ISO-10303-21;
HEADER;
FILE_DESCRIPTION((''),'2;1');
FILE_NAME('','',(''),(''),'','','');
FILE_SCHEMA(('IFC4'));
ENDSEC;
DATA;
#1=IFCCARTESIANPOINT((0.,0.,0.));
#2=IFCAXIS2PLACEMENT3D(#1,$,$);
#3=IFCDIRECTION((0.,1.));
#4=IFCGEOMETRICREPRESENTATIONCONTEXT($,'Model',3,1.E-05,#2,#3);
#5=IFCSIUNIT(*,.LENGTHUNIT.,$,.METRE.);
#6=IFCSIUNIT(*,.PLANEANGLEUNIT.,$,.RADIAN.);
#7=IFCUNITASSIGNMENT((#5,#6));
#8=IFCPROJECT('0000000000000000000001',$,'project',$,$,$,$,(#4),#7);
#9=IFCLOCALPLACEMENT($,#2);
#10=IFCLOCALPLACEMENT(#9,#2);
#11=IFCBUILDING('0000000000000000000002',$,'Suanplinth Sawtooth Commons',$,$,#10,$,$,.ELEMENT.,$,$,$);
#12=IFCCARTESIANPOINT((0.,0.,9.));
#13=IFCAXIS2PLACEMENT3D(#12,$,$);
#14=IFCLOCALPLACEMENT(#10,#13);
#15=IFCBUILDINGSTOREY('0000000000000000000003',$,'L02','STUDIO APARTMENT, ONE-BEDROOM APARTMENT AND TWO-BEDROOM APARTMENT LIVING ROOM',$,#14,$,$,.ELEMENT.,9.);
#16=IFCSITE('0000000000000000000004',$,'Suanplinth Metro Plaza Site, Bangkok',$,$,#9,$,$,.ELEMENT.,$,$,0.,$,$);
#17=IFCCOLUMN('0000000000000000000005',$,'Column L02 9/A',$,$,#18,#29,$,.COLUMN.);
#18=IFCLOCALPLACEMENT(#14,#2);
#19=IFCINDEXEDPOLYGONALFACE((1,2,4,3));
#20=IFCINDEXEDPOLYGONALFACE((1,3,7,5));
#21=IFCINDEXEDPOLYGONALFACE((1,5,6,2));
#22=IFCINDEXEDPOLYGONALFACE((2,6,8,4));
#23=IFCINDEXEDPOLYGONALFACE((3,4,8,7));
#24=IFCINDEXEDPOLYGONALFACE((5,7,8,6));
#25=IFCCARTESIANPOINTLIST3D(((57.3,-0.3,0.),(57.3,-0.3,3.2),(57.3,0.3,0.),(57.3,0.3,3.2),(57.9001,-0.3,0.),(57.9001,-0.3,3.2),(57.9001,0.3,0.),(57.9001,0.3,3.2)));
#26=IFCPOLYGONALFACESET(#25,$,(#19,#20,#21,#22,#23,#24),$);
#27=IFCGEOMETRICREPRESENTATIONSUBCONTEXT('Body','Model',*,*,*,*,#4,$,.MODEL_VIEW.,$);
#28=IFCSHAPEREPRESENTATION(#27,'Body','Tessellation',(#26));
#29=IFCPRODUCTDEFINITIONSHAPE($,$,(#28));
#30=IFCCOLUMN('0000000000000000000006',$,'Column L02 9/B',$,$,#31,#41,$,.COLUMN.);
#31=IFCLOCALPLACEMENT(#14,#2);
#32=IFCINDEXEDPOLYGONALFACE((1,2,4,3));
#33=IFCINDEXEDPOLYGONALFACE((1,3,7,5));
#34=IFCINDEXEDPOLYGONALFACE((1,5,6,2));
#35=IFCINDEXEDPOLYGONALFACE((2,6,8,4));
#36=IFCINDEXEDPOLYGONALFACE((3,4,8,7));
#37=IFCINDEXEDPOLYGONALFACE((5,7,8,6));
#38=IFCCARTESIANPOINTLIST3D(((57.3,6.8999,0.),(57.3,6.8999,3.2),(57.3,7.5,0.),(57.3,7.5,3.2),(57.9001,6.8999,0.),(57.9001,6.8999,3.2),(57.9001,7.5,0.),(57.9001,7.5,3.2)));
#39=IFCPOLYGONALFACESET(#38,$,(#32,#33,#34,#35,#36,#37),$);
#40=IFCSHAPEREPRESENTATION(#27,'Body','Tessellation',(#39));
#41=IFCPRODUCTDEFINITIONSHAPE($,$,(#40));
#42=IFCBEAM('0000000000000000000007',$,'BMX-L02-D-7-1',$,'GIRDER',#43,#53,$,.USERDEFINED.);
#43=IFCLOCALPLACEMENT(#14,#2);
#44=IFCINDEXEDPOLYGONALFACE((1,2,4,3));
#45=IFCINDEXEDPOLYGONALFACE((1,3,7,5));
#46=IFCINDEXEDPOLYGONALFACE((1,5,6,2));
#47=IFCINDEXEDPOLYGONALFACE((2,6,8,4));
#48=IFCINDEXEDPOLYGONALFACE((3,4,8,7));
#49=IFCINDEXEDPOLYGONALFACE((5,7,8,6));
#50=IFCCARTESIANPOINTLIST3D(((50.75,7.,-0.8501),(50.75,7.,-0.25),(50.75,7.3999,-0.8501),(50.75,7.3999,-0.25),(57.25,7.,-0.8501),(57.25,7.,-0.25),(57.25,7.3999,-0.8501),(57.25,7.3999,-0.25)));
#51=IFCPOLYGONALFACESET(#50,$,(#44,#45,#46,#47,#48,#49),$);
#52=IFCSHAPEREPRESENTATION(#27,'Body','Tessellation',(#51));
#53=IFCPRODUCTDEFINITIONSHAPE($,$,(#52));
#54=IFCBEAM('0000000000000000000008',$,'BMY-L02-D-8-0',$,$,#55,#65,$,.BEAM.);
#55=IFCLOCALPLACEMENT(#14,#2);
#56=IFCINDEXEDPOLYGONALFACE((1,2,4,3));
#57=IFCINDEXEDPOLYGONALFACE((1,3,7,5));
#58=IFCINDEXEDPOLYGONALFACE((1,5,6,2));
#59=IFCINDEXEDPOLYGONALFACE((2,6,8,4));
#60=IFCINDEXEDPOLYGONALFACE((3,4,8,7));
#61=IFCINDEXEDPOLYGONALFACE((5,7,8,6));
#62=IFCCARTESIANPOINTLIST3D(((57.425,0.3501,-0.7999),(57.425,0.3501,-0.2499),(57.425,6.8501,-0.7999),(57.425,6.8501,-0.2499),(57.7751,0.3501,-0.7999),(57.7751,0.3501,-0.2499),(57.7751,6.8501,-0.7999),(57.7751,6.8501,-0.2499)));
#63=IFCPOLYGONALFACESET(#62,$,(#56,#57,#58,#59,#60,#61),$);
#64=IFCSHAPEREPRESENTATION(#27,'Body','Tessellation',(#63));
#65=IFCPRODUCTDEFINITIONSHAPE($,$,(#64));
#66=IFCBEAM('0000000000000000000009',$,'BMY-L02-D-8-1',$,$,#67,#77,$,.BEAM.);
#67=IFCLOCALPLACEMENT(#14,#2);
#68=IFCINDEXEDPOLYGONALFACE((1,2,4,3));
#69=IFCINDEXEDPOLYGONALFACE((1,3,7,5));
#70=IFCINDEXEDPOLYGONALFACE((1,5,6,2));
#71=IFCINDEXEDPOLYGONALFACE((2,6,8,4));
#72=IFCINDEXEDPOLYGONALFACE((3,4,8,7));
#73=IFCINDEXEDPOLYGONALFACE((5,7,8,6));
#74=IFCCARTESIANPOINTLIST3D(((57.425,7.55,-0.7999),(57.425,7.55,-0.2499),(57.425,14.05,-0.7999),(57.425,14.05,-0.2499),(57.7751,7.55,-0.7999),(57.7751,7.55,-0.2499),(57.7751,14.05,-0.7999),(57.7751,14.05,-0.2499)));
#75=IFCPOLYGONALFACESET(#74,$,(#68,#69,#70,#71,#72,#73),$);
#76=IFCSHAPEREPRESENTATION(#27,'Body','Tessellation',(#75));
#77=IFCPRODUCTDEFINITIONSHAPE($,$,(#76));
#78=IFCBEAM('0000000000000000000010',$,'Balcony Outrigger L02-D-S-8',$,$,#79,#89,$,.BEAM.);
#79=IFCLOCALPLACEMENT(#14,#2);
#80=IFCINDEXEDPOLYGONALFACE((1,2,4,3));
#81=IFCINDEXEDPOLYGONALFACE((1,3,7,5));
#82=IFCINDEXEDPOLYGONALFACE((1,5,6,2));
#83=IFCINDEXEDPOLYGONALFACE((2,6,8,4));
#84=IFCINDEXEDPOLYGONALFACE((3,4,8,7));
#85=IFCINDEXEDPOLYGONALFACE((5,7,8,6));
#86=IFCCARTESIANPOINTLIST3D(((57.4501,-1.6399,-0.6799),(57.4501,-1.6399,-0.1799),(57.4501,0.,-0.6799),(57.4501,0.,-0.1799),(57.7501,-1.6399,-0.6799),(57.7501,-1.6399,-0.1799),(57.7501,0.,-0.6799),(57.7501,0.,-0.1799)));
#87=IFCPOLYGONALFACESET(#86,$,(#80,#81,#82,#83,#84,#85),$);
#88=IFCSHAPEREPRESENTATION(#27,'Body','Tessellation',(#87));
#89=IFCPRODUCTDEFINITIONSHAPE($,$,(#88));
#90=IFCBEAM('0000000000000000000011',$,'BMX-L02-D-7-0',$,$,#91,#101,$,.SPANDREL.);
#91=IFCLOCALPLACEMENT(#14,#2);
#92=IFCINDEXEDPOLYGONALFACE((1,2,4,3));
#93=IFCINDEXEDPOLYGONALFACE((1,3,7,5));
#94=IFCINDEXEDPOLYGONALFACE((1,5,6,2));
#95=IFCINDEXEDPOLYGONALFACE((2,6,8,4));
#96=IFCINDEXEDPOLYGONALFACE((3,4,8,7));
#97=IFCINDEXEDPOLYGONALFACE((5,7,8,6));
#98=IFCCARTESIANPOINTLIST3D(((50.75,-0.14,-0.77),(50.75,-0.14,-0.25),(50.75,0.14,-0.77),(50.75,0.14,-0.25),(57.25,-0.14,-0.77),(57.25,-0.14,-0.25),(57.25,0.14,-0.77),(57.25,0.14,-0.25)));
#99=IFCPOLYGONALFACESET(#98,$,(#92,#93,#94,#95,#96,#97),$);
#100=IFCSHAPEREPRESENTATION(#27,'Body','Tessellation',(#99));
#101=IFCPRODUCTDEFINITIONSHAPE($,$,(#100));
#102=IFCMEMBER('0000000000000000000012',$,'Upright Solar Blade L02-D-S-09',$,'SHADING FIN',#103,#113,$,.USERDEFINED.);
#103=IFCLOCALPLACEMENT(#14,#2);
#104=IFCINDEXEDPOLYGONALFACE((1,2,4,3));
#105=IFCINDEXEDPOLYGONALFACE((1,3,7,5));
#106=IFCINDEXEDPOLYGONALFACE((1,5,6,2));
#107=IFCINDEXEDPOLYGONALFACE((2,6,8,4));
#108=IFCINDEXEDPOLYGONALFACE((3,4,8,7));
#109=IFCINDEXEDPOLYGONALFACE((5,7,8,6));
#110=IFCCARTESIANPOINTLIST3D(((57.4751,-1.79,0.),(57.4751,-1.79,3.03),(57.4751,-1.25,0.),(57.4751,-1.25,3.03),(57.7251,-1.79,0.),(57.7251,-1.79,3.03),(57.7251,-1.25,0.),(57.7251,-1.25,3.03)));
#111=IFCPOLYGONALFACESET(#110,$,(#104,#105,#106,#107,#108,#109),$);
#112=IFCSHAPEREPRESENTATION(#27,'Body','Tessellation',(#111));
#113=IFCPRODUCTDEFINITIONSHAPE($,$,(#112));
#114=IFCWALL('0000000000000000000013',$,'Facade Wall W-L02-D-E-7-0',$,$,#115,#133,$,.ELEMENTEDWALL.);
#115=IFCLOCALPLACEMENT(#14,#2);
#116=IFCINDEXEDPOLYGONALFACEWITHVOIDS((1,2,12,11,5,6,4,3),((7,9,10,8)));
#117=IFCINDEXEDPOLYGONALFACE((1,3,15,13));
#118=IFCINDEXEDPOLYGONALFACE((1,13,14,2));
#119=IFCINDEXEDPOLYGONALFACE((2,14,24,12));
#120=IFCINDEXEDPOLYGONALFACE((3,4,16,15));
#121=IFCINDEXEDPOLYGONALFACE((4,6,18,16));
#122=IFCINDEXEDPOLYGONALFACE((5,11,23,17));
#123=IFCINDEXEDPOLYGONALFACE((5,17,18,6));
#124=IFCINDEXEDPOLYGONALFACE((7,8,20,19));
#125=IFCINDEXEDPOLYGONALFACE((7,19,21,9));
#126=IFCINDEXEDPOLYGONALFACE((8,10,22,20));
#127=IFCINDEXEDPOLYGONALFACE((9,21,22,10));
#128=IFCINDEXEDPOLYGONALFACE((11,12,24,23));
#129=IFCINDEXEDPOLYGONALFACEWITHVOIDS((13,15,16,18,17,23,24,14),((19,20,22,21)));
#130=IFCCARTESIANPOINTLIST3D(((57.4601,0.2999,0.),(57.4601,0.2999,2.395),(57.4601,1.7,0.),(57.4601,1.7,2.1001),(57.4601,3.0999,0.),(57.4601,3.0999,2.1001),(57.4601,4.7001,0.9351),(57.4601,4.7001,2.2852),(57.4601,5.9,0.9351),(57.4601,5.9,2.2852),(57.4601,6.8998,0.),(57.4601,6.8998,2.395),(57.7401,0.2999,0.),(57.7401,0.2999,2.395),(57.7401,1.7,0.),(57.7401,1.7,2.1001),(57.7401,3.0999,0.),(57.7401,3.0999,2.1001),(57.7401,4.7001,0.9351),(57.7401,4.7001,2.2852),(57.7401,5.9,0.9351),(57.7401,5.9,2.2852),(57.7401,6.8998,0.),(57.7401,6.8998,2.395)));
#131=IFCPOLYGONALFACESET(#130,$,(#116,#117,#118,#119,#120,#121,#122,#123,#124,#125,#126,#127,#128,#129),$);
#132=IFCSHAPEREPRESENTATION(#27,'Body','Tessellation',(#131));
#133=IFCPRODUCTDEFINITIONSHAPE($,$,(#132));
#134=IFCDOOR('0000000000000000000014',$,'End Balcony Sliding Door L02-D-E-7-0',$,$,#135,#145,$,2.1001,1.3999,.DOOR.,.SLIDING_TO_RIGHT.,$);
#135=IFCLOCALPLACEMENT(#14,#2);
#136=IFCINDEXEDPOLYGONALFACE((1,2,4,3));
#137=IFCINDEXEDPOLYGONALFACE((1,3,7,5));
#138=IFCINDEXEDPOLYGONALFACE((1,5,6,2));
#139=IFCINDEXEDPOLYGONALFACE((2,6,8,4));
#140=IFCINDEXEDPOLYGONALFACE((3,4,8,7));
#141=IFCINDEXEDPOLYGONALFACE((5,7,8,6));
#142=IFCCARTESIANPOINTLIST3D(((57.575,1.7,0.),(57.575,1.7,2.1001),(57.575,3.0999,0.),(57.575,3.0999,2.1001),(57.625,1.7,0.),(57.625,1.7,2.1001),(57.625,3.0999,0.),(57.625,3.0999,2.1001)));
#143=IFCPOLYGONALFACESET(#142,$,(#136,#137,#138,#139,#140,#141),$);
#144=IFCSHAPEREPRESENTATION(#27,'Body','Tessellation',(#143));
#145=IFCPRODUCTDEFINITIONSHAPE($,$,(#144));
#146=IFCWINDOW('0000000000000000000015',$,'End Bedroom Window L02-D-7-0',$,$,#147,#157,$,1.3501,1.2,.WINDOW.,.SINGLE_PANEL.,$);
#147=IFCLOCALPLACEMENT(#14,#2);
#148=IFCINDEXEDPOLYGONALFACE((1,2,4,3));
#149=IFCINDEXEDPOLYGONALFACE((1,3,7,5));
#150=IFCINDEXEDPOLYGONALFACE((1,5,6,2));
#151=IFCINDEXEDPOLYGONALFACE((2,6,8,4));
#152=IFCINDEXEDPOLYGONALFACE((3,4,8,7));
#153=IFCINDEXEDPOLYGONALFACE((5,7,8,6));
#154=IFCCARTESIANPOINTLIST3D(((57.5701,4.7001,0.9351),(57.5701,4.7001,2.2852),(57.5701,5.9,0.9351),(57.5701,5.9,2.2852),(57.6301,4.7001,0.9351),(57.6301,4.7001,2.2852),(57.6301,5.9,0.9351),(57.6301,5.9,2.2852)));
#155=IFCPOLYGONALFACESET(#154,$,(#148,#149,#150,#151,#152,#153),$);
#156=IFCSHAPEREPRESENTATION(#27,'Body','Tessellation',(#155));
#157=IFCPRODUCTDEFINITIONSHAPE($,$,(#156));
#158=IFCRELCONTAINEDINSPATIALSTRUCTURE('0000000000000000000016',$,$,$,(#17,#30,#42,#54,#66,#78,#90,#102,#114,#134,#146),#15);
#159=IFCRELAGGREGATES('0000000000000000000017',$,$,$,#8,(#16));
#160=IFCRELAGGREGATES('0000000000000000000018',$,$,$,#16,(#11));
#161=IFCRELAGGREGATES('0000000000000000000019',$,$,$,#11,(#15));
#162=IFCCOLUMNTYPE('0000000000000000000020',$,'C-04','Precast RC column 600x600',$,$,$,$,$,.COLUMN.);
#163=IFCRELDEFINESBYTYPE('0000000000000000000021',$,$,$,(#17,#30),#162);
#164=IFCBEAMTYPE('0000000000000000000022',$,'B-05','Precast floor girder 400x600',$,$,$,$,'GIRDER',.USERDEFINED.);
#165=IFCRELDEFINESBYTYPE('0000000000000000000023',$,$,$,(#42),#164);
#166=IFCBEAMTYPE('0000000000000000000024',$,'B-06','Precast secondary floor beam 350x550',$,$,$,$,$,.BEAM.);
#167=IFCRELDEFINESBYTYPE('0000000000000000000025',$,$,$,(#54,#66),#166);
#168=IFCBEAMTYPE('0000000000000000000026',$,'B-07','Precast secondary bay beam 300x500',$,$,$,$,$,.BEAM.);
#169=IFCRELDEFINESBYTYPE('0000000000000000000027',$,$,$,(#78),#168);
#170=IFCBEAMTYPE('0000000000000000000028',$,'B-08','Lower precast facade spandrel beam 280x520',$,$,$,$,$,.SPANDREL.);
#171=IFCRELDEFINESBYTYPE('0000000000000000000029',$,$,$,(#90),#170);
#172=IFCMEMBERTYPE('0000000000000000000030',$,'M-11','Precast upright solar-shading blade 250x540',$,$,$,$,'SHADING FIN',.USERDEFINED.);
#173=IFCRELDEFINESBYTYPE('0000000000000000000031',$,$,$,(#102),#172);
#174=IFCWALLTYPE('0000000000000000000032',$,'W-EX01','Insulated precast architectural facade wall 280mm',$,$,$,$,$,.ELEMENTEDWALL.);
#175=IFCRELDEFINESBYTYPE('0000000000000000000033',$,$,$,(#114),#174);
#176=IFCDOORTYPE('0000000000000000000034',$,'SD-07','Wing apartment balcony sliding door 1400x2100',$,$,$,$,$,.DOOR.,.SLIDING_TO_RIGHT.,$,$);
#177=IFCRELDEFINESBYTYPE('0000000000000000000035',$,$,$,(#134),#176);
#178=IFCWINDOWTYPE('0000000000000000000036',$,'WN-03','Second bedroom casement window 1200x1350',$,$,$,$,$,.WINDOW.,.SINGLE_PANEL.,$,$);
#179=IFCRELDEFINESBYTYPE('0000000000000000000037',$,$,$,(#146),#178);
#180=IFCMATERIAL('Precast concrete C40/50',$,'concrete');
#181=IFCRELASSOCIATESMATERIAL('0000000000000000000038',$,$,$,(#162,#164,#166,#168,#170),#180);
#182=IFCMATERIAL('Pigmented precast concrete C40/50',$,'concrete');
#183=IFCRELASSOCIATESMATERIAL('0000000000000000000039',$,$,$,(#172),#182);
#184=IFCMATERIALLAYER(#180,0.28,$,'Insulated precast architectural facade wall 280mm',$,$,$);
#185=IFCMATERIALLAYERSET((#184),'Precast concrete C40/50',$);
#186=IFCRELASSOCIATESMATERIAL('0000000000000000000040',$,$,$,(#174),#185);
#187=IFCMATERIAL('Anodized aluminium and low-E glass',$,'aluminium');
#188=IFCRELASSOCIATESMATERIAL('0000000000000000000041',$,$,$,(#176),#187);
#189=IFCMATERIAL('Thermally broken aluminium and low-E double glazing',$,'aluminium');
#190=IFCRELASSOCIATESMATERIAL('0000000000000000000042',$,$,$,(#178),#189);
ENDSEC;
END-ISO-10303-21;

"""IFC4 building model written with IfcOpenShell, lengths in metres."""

from ifc_helpers import new_model, si_unit, direction, frame, frame_2d, origin, origin_2d, place, context, subcontext, project, spatial, rectangle, extrude, material, layer, layer_set, material_profile, profile_set, type_object, element, fill, save


model = new_model("IFC4")

# Units and contexts
model_context = context("Model", 3, precision=1e-05, world=origin(), true_north=direction((0.0, 1.0)))
body_context = subcontext(model_context, "Body", "Model", "MODEL_VIEW")
ifc_project = project(units=[si_unit("LENGTHUNIT", "METRE"), si_unit("PLANEANGLEUNIT", "RADIAN")], contexts=[model_context])

# Site, building, storey
site_placement = place(None, origin())
site = spatial("IfcSite", under=ifc_project, at=site_placement, Name="Suanplinth Metro Plaza Site, Bangkok", CompositionType="ELEMENT", RefElevation=0.0)
building_placement = place(site_placement, origin())
building = spatial("IfcBuilding", under=site, at=building_placement, Name="Suanplinth Sawtooth Commons", CompositionType="ELEMENT")
storey_placement = place(building_placement, frame((0.0, 0.0, 9.0)))
storey = spatial("IfcBuildingStorey", under=building, at=storey_placement, Name="L02", Description="STUDIO APARTMENT, ONE-BEDROOM APARTMENT AND TWO-BEDROOM APARTMENT LIVING ROOM", CompositionType="ELEMENT", Elevation=9.0)

# Columns
ifc_material_1 = material(Name="Precast concrete C40/50", Category="concrete")
ifc_material_profile_1 = material_profile(ifc_material_1, rectangle(XDim=0.6001, YDim=0.6001, at=origin_2d()), Name="PC-COL 600x600")
ifc_profile_set_1 = profile_set([ifc_material_profile_1], Name="Precast concrete C40/50")
column_type = type_object("IfcColumnType", Name="C-04", Description="Precast RC column 600x600", PredefinedType="COLUMN", material=ifc_profile_set_1)
for number, where, z_axis, x_axis, name in (
    (1, (57.6001, 0.0, 0.0), (0.0, 0.0, 1.0), (1.0, 0.0, 0.0), "Column L02 9/A"),
    (2, (57.6001, 7.2, 0.0), (0.0, 0.0, 1.0), (1.0, 0.0, 0.0), "Column L02 9/B"),
):
    element("IfcColumn", number, at=place(storey_placement, frame(where, z_axis=z_axis, x_axis=x_axis)), inside=storey, type_object=column_type, Name=name, PredefinedType="COLUMN", context=body_context, shape_type="SweptSolid", body=[
        extrude(rectangle(XDim=0.6001, YDim=0.6001, at=origin_2d()), origin(), (0.0, 0.0, 1.0), 3.2),
    ])

# Beams
ifc_material_profile_2 = material_profile(ifc_material_1, rectangle(XDim=0.3999, YDim=0.6001, at=origin_2d()), Name="PC-GDR 400x600")
ifc_profile_set_2 = profile_set([ifc_material_profile_2], Name="Precast concrete C40/50")
beam_type_1 = type_object("IfcBeamType", Name="B-05", Description="Precast floor girder 400x600", ElementType="GIRDER", PredefinedType="USERDEFINED", material=ifc_profile_set_2)
beam_1_placement = place(storey_placement, frame((50.75, 7.2, -0.55), z_axis=(1.0, 0.0, 0.0), x_axis=(0.0, 1.0, 0.0)))
element("IfcBeam", 3, at=beam_1_placement, inside=storey, type_object=beam_type_1, Name="BMX-L02-D-7-1", ObjectType="GIRDER", PredefinedType="USERDEFINED", context=body_context, shape_type="SweptSolid", body=[
    extrude(rectangle(XDim=0.3999, YDim=0.6001, at=origin_2d()), origin(), (0.0, 0.0, 1.0), 6.5),
])
ifc_material_profile_3 = material_profile(ifc_material_1, rectangle(XDim=0.3501, YDim=0.55, at=origin_2d()), Name="PC-BM 350x550")
ifc_profile_set_3 = profile_set([ifc_material_profile_3], Name="Precast concrete C40/50")
beam_type_2 = type_object("IfcBeamType", Name="B-06", Description="Precast secondary floor beam 350x550", PredefinedType="BEAM", material=ifc_profile_set_3)
for number, where, z_axis, x_axis, name in (
    (4, (57.6001, 0.3501, -0.5249), (0.0, 1.0, 0.0), (-1.0, 0.0, 0.0), "BMY-L02-D-8-0"),
    (5, (57.6001, 7.55, -0.5249), (0.0, 1.0, 0.0), (-1.0, 0.0, 0.0), "BMY-L02-D-8-1"),
):
    element("IfcBeam", number, at=place(storey_placement, frame(where, z_axis=z_axis, x_axis=x_axis)), inside=storey, type_object=beam_type_2, Name=name, PredefinedType="BEAM", context=body_context, shape_type="SweptSolid", body=[
        extrude(rectangle(XDim=0.3501, YDim=0.55, at=origin_2d()), origin(), (0.0, 0.0, 1.0), 6.5),
    ])
ifc_material_profile_4 = material_profile(ifc_material_1, rectangle(XDim=0.3, YDim=0.5, at=origin_2d()), Name="PC-BM 300x500")
ifc_profile_set_4 = profile_set([ifc_material_profile_4], Name="Precast concrete C40/50")
beam_type_3 = type_object("IfcBeamType", Name="B-07", Description="Precast secondary bay beam 300x500", PredefinedType="BEAM", material=ifc_profile_set_4)
beam_2_placement = place(storey_placement, frame((57.6001, 0.0, -0.4299), z_axis=(0.0, -1.0, 0.0), x_axis=(1.0, 0.0, 0.0)))
element("IfcBeam", 6, at=beam_2_placement, inside=storey, type_object=beam_type_3, Name="Balcony Outrigger L02-D-S-8", PredefinedType="BEAM", context=body_context, shape_type="SweptSolid", body=[
    extrude(rectangle(XDim=0.3, YDim=0.5, at=origin_2d()), origin(), (0.0, 0.0, 1.0), 1.6399),
])
ifc_material_profile_5 = material_profile(ifc_material_1, rectangle(XDim=0.28, YDim=0.52, at=origin_2d()), Name="PC-SP 280x520")
ifc_profile_set_5 = profile_set([ifc_material_profile_5], Name="Precast concrete C40/50")
beam_type_4 = type_object("IfcBeamType", Name="B-08", Description="Lower precast facade spandrel beam 280x520", PredefinedType="SPANDREL", material=ifc_profile_set_5)
beam_3_placement = place(storey_placement, frame((50.75, 0.0, -0.51), z_axis=(1.0, 0.0, 0.0), x_axis=(0.0, 1.0, 0.0)))
element("IfcBeam", 7, at=beam_3_placement, inside=storey, type_object=beam_type_4, Name="BMX-L02-D-7-0", PredefinedType="SPANDREL", context=body_context, shape_type="SweptSolid", body=[
    extrude(rectangle(XDim=0.28, YDim=0.52, at=origin_2d()), origin(), (0.0, 0.0, 1.0), 6.5),
])

# Member
ifc_material_2 = material(Name="Pigmented precast concrete C40/50", Category="concrete")
ifc_material_profile_6 = material_profile(ifc_material_2, rectangle(XDim=0.25, YDim=0.54, at=origin_2d()), Name="PC-FIN 250x540")
ifc_profile_set_6 = profile_set([ifc_material_profile_6], Name="Pigmented precast concrete C40/50")
member_type = type_object("IfcMemberType", Name="M-11", Description="Precast upright solar-shading blade 250x540", ElementType="SHADING FIN", PredefinedType="USERDEFINED", material=ifc_profile_set_6)
member_placement = place(storey_placement, frame((57.6001, -1.52, 0.0), z_axis=(0.0, 0.0, 1.0), x_axis=(1.0, 0.0, 0.0)))
element("IfcMember", 8, at=member_placement, inside=storey, type_object=member_type, Name="Upright Solar Blade L02-D-S-09", ObjectType="SHADING FIN", PredefinedType="USERDEFINED", context=body_context, shape_type="SweptSolid", body=[
    extrude(rectangle(XDim=0.25, YDim=0.54, at=origin_2d()), origin(), (0.0, 0.0, 1.0), 3.03),
])

# Wall, openings, door, window
ifc_layer_1 = layer(ifc_material_1, 0.28, Name="Insulated precast architectural facade wall 280mm")
ifc_layer_set_1 = layer_set([ifc_layer_1], Name="Precast concrete C40/50")
wall_type_1 = type_object("IfcWallType", Name="W-EX01", Description="Insulated precast architectural facade wall 280mm", PredefinedType="ELEMENTEDWALL", material=ifc_layer_set_1)
wall_1_placement = place(storey_placement, frame((57.6001, 0.3, 0.0), z_axis=(0.0, 0.0, 1.0), x_axis=(0.0, 1.0, 0.0)))
wall_1 = element("IfcWall", 9, at=wall_1_placement, inside=storey, type_object=wall_type_1, Name="Facade Wall W-L02-D-E-7-0", PredefinedType="ELEMENTEDWALL", context=body_context, shape_type="SweptSolid", body=[
    extrude(rectangle(XDim=6.5999, YDim=0.28, at=frame_2d((3.2998, 0.0))), origin(), (0.0, 0.0, 1.0), 2.395),
])
opening_1_placement = place(wall_1_placement, frame((1.3999, 0.0, 0.0)))
opening_1 = element("IfcOpeningElement", 10, at=opening_1_placement, cuts=wall_1, PredefinedType="OPENING", context=body_context, shape_type="SweptSolid", body=[
    extrude(rectangle(XDim=1.3999, YDim=2.1001, at=frame_2d((0.7, 1.05))), frame((0.0, 0.1548, 0.0), z_axis=(0.0, -1.0, 0.0), x_axis=(1.0, 0.0, 0.0)), (0.0, 0.0, 1.0), 0.3098),
])
opening_2_placement = place(wall_1_placement, frame((4.3999, 0.0, 0.9351)))
opening_2 = element("IfcOpeningElement", 11, at=opening_2_placement, cuts=wall_1, PredefinedType="OPENING", context=body_context, shape_type="SweptSolid", body=[
    extrude(rectangle(XDim=1.2, YDim=1.3501, at=frame_2d((0.6001, 0.675))), frame((0.0, 0.1548, 0.0), z_axis=(0.0, -1.0, 0.0), x_axis=(1.0, 0.0, 0.0)), (0.0, 0.0, 1.0), 0.3098),
])
ifc_material_3 = material(Name="Anodized aluminium and low-E glass", Category="aluminium")
door_type_1 = type_object("IfcDoorType", Name="SD-07", Description="Wing apartment balcony sliding door 1400x2100", OperationType="SLIDING_TO_RIGHT", PredefinedType="DOOR", material=ifc_material_3)
door_1_placement = place(opening_1_placement, frame((1.3999, 0.0, 0.0), z_axis=(0.0, 0.0, 1.0), x_axis=(-1.0, 0.0, 0.0)))
door_1 = element("IfcDoor", 12, at=door_1_placement, inside=storey, type_object=door_type_1, Name="End Balcony Sliding Door L02-D-E-7-0", OperationType="SLIDING_TO_RIGHT", OverallHeight=2.1001, OverallWidth=1.3999, PredefinedType="DOOR", context=body_context, shape_type="SweptSolid", body=[
    extrude(rectangle(XDim=1.3999, YDim=2.1001, at=frame_2d((0.7, 1.05))), frame((0.0, 0.0249, 0.0), z_axis=(0.0, -1.0, 0.0), x_axis=(1.0, 0.0, 0.0)), (0.0, 0.0, 1.0), 0.05),
])
fill(opening_1, door_1)
ifc_material_4 = material(Name="Thermally broken aluminium and low-E double glazing", Category="aluminium")
window_type_1 = type_object("IfcWindowType", Name="WN-03", Description="Second bedroom casement window 1200x1350", PartitioningType="SINGLE_PANEL", PredefinedType="WINDOW", material=ifc_material_4)
window_1_placement = place(opening_2_placement, origin())
window_1 = element("IfcWindow", 13, at=window_1_placement, inside=storey, type_object=window_type_1, Name="End Bedroom Window L02-D-7-0", OverallHeight=1.3501, OverallWidth=1.2, PartitioningType="SINGLE_PANEL", PredefinedType="WINDOW", context=body_context, shape_type="SweptSolid", body=[
    extrude(rectangle(XDim=1.2, YDim=1.3501, at=frame_2d((0.6001, 0.675))), frame((0.0, 0.03, 0.0), z_axis=(0.0, -1.0, 0.0), x_axis=(1.0, 0.0, 0.0)), (0.0, 0.0, 1.0), 0.0601),
])
fill(opening_2, window_1)

save(model, "model.ifc")
